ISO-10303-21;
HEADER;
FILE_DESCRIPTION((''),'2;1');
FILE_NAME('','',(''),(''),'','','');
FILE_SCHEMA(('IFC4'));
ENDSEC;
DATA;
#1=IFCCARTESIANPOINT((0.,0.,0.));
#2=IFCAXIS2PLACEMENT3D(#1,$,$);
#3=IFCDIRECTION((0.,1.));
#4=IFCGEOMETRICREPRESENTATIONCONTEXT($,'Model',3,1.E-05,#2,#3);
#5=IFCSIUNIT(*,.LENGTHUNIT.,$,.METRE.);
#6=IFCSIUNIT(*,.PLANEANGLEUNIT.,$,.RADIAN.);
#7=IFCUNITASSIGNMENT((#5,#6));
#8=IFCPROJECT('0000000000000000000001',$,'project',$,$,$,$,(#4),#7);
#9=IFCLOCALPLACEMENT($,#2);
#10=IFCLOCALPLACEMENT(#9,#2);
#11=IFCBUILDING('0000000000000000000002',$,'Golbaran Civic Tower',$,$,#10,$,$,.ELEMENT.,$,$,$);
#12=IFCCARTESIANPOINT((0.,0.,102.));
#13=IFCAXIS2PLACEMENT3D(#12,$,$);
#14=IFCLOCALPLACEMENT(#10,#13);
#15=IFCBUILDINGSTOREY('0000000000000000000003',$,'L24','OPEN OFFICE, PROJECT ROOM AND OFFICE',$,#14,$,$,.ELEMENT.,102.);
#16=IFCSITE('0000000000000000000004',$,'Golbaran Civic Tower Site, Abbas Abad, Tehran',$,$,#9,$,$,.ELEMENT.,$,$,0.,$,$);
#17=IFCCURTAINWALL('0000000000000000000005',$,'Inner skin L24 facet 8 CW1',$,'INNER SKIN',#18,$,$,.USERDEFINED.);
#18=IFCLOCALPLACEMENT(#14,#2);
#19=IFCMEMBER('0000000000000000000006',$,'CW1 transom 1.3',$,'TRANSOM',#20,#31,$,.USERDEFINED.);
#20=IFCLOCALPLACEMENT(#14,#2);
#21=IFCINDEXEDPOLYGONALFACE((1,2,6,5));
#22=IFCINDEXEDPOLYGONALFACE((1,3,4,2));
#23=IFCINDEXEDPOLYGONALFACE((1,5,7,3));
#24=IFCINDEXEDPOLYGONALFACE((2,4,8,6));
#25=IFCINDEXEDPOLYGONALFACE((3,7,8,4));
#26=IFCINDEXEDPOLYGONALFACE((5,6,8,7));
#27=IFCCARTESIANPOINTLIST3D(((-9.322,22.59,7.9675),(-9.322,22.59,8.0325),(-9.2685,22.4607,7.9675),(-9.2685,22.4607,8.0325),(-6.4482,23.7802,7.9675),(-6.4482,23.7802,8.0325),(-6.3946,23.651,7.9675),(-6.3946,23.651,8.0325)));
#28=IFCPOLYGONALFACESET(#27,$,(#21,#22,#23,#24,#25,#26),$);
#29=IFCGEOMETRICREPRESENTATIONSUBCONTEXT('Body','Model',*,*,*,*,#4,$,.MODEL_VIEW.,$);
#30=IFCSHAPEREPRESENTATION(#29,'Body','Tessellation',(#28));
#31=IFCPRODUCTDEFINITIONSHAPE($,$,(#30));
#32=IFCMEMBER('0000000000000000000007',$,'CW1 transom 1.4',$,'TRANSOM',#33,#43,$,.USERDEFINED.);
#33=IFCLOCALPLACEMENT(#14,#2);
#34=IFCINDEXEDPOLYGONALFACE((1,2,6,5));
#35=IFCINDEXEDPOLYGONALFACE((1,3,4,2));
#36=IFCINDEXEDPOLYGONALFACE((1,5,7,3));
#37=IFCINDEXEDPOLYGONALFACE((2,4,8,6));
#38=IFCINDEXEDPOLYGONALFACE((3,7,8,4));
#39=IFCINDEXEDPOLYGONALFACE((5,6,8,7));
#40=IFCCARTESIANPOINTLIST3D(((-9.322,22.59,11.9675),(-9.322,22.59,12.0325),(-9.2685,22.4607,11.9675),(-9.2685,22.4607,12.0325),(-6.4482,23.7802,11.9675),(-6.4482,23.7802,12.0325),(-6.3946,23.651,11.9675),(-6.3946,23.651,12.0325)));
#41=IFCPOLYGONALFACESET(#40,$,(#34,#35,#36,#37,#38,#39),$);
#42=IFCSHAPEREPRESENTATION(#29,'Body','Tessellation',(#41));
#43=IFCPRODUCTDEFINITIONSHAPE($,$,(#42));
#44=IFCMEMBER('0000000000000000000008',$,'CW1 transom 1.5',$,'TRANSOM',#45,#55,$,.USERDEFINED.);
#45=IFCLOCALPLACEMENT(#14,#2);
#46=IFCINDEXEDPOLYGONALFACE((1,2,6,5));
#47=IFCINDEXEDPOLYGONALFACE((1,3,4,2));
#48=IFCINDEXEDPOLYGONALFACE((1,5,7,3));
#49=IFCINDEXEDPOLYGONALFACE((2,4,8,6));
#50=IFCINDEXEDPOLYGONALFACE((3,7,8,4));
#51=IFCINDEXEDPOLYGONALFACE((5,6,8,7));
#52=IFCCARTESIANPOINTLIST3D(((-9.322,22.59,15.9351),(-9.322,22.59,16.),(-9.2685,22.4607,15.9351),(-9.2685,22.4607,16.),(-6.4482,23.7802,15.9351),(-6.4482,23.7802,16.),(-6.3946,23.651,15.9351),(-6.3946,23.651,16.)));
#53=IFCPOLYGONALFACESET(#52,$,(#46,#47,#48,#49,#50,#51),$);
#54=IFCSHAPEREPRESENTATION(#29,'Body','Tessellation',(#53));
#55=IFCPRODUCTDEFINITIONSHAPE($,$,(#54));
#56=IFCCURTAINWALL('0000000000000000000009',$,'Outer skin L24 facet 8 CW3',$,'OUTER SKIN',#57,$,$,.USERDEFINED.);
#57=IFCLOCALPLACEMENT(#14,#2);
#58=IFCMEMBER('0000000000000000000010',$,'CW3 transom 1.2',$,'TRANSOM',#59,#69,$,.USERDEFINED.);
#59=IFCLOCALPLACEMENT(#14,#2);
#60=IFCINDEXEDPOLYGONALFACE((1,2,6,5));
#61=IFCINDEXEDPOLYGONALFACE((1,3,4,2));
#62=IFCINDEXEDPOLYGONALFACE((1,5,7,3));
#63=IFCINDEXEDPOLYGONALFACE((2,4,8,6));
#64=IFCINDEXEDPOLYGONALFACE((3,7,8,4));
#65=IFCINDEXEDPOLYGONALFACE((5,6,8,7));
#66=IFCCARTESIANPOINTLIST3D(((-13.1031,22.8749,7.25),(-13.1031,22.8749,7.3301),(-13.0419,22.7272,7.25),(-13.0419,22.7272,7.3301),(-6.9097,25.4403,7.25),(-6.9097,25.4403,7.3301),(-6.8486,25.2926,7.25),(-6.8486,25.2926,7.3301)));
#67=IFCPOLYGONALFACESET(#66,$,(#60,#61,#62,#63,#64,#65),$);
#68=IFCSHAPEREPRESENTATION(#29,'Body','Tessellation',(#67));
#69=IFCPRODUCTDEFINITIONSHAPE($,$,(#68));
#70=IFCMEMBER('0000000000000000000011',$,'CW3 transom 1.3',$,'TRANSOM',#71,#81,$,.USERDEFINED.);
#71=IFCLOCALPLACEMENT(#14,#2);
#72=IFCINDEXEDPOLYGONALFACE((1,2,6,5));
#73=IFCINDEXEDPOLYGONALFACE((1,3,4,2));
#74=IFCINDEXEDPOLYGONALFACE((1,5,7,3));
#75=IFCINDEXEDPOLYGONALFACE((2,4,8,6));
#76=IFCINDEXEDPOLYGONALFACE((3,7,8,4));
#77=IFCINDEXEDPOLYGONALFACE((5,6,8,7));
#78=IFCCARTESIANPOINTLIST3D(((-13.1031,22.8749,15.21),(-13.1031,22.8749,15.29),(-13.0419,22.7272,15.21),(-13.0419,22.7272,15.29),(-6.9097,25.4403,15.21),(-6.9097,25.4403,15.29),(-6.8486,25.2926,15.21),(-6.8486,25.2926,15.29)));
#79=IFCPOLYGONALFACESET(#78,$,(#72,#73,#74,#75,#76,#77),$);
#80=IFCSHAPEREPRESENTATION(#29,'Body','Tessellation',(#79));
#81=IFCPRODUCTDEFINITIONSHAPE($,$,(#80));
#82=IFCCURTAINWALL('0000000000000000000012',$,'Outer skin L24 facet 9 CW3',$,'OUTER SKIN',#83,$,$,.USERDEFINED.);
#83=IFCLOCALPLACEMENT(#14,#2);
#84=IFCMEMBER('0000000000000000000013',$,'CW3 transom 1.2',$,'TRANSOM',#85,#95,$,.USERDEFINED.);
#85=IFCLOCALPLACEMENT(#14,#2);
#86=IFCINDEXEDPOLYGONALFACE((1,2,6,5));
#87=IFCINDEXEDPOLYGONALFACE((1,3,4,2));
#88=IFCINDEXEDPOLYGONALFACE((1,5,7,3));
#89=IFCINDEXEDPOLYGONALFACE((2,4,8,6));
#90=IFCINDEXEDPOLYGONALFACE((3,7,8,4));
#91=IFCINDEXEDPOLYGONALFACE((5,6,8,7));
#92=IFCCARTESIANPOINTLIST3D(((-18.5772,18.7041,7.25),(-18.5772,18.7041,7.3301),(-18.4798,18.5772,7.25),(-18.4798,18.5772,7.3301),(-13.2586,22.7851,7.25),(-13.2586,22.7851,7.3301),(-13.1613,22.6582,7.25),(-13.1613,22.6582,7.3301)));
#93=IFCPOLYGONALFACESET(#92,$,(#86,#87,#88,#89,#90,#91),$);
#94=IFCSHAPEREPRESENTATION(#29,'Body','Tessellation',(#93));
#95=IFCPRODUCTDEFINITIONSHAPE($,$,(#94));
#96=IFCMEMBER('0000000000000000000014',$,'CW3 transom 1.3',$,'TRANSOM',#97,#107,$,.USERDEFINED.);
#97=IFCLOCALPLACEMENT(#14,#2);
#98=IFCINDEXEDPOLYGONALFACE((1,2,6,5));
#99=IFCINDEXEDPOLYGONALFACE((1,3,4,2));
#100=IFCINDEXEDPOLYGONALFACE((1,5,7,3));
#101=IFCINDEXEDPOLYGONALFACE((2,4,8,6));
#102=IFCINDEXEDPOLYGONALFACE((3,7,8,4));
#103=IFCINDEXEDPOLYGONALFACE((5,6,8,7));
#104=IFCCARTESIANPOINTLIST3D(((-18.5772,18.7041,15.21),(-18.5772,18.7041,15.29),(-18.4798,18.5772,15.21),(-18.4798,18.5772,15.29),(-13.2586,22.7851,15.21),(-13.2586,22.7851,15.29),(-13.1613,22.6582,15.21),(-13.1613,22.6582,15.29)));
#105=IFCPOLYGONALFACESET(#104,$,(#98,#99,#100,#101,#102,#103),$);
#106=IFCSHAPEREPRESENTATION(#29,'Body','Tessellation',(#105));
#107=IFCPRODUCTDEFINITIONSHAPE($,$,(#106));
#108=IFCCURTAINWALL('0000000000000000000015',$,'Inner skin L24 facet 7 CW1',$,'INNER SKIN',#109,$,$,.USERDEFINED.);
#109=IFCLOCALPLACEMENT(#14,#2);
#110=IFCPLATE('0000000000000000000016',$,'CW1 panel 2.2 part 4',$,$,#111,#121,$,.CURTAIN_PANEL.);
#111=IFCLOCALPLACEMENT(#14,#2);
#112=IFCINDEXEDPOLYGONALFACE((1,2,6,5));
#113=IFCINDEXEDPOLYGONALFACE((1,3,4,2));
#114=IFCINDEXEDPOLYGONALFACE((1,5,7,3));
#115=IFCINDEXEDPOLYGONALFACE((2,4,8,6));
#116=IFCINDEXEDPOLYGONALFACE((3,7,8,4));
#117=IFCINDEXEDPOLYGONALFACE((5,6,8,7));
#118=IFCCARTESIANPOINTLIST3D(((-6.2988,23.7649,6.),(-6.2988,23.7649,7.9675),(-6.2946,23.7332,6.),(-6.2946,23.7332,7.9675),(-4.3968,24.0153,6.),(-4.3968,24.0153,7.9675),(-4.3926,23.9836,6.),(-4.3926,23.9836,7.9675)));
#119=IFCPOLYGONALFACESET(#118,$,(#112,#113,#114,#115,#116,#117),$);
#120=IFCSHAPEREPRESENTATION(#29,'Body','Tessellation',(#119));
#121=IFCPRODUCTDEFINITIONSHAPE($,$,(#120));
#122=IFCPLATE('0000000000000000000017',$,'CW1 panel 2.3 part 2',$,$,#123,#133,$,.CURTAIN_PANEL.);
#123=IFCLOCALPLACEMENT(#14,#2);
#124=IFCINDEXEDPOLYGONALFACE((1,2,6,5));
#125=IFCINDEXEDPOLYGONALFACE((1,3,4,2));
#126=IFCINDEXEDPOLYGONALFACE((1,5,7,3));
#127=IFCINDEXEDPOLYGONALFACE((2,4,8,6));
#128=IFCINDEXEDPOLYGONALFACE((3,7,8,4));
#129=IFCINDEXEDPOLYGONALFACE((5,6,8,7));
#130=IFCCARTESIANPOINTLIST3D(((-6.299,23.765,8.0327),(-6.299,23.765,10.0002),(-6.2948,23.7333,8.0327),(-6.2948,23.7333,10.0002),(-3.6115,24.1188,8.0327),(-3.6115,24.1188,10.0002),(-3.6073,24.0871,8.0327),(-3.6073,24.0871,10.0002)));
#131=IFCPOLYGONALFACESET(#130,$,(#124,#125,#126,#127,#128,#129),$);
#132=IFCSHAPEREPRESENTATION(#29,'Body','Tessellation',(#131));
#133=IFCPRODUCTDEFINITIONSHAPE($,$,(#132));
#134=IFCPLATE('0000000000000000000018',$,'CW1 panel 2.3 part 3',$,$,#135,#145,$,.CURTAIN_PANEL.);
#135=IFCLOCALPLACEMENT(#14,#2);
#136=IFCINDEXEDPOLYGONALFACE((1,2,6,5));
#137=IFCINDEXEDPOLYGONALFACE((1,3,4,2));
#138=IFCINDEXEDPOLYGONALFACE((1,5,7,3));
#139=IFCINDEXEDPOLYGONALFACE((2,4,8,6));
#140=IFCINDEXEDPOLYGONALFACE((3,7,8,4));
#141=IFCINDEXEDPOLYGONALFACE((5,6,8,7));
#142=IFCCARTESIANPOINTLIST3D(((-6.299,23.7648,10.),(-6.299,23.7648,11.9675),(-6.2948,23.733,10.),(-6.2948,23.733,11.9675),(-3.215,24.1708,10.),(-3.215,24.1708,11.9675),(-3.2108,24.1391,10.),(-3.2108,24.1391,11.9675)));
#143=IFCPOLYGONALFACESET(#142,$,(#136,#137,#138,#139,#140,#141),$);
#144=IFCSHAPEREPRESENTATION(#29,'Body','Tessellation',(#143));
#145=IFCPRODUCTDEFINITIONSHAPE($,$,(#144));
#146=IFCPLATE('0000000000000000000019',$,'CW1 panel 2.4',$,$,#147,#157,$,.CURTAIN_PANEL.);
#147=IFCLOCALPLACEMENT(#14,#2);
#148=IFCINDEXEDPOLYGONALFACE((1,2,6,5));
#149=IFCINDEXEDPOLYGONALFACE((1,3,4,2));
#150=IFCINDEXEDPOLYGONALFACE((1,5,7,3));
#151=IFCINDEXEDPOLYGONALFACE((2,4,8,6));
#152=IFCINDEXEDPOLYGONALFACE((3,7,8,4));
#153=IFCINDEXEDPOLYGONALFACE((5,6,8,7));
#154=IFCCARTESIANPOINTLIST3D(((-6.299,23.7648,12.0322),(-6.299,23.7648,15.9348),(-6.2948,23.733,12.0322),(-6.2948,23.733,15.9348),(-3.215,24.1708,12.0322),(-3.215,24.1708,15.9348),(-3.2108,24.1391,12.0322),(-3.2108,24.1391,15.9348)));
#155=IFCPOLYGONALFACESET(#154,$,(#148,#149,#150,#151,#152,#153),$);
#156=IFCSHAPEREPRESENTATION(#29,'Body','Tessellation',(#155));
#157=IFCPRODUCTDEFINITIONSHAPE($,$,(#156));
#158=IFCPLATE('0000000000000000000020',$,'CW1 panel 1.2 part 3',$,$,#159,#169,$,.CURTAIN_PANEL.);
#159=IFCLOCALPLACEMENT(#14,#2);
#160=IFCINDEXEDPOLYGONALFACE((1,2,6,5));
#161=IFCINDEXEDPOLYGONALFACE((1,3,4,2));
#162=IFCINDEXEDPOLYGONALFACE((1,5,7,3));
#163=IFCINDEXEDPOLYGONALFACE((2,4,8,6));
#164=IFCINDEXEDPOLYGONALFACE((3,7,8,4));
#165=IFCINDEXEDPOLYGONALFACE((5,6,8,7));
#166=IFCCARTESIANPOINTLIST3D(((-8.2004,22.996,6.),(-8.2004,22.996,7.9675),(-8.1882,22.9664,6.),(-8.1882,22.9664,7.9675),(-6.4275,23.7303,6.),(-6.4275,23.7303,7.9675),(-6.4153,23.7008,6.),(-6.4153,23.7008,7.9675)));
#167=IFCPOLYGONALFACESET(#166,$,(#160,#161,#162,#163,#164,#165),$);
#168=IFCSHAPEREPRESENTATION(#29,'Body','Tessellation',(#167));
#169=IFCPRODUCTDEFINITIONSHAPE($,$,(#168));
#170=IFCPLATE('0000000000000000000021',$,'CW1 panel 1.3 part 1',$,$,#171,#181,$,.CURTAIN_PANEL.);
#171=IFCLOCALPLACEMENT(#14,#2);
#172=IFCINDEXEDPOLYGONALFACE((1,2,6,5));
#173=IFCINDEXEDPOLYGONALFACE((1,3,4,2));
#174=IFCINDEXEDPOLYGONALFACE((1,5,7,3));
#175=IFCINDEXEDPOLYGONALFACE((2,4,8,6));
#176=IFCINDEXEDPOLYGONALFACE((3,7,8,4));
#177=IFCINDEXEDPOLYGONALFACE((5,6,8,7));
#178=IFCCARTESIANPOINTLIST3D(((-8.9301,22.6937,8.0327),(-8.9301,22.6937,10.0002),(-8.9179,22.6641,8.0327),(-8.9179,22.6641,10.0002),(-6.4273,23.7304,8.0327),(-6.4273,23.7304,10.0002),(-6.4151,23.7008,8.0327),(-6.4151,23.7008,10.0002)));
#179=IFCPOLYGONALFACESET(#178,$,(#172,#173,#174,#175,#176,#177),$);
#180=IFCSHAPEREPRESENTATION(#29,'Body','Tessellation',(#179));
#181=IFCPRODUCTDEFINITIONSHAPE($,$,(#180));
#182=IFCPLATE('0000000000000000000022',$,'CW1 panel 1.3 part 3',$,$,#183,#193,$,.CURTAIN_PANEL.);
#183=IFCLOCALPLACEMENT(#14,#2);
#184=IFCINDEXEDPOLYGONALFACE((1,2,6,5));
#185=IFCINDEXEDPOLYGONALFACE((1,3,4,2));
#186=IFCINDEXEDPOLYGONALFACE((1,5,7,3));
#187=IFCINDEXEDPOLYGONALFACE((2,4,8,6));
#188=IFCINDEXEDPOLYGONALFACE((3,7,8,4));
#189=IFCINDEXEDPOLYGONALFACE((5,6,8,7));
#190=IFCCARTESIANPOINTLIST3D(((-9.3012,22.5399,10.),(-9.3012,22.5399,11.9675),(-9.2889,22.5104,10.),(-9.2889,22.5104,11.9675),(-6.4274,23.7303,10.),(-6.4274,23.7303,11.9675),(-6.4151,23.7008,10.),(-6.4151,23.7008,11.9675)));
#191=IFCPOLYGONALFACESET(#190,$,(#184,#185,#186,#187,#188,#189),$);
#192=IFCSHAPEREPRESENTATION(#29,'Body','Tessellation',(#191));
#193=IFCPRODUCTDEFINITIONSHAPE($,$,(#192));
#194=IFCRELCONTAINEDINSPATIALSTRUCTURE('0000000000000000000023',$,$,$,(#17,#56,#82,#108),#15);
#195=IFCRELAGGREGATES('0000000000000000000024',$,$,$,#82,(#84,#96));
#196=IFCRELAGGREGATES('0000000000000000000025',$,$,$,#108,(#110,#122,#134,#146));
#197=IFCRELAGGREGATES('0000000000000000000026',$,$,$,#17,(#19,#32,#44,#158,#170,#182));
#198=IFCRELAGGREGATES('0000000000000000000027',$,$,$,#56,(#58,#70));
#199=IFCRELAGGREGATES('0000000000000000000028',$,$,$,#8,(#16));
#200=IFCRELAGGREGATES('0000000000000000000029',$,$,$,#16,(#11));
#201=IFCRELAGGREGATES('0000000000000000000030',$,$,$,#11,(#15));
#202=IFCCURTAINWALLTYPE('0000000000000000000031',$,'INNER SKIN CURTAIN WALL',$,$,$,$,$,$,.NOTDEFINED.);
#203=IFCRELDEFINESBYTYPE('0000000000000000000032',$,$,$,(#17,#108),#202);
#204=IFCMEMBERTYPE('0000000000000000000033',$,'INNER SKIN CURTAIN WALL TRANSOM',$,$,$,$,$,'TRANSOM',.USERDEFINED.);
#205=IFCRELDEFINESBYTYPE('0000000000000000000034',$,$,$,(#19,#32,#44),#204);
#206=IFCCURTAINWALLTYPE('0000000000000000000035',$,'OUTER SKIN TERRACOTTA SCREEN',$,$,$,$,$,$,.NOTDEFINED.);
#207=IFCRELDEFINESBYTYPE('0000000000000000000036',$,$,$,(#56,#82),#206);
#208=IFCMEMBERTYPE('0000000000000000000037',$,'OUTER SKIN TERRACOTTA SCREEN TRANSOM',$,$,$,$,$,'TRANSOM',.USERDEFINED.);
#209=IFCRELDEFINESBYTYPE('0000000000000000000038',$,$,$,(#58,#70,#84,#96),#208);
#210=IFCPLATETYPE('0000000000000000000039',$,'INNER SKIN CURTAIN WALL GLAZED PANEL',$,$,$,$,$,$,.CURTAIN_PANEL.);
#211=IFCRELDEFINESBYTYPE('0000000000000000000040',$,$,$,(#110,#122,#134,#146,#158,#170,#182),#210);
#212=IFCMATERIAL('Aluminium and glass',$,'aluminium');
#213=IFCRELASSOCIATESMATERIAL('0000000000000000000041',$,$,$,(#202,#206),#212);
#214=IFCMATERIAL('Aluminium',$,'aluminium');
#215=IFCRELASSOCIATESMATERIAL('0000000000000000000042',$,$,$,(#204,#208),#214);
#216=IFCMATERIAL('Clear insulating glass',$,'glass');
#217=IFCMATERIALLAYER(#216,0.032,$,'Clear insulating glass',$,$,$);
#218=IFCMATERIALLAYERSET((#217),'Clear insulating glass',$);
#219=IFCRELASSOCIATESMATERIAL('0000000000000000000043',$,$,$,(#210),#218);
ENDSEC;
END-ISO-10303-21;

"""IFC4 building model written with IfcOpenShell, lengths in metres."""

from ifc_helpers import new_model, si_unit, direction, frame, origin, origin_2d, place, context, subcontext, project, spatial, rectangle, extrude, material, layer, layer_set, material_profile, profile_set, type_object, element, aggregate, save


model = new_model("IFC4")

# Units and contexts
model_context = context("Model", 3, precision=1e-05, world=origin(), true_north=direction((0.0, 1.0)))
body_context = subcontext(model_context, "Body", "Model", "MODEL_VIEW")
ifc_project = project(units=[si_unit("LENGTHUNIT", "METRE"), si_unit("PLANEANGLEUNIT", "RADIAN")], contexts=[model_context])

# Site, building, storey
site_placement = place(None, origin())
site = spatial("IfcSite", under=ifc_project, at=site_placement, Name="Golbaran Civic Tower Site, Abbas Abad, Tehran", CompositionType="ELEMENT", RefElevation=0.0)
building_placement = place(site_placement, origin())
building = spatial("IfcBuilding", under=site, at=building_placement, Name="Golbaran Civic Tower", CompositionType="ELEMENT")
storey_placement = place(building_placement, frame((0.0, 0.0, 102.0)))
storey = spatial("IfcBuildingStorey", under=building, at=storey_placement, Name="L24", Description="OPEN OFFICE, PROJECT ROOM AND OFFICE", CompositionType="ELEMENT", Elevation=102.0)

# Curtain walls, members
ifc_material_1 = material(Name="Aluminium and glass", Category="aluminium")
curtain_wall_type_1 = type_object("IfcCurtainWallType", Name="INNER SKIN CURTAIN WALL", PredefinedType="NOTDEFINED", material=ifc_material_1)
curtain_wall_1_placement = place(storey_placement, origin())
curtain_wall_1 = element("IfcCurtainWall", 1, at=curtain_wall_1_placement, inside=storey, type_object=curtain_wall_type_1, Name="Inner skin L24 facet 8 CW1", ObjectType="INNER SKIN", PredefinedType="USERDEFINED")
ifc_material_2 = material(Name="Aluminium", Category="aluminium")
ifc_material_profile_1 = material_profile(ifc_material_2, rectangle(XDim=0.1399, YDim=0.0649, at=origin_2d()), Name="INNER SKIN CURTAIN WALL TRANSOM")
ifc_profile_set_1 = profile_set([ifc_material_profile_1], Name="Aluminium")
member_type_1 = type_object("IfcMemberType", Name="INNER SKIN CURTAIN WALL TRANSOM", ElementType="TRANSOM", PredefinedType="USERDEFINED", material=ifc_profile_set_1)
member_1_placement = place(storey_placement, frame((-6.4214, 23.7156, 8.0), z_axis=(-0.923899, -0.382636, 0.0), x_axis=(0.382636, -0.923899, 0.0)))
member_1 = element("IfcMember", 2, at=member_1_placement, type_object=member_type_1, Name="CW1 transom 1.3", ObjectType="TRANSOM", PredefinedType="USERDEFINED", context=body_context, shape_type="SweptSolid", body=[
    extrude(rectangle(XDim=0.1399, YDim=0.0649, at=origin_2d()), origin(), (0.0, 0.0, 1.0), 3.1106),
])
member_2_placement = place(storey_placement, frame((-6.4214, 23.7156, 12.0), z_axis=(-0.923899, -0.382636, 0.0), x_axis=(0.382636, -0.923899, 0.0)))
member_2 = element("IfcMember", 3, at=member_2_placement, type_object=member_type_1, Name="CW1 transom 1.4", ObjectType="TRANSOM", PredefinedType="USERDEFINED", context=body_context, shape_type="SweptSolid", body=[
    extrude(rectangle(XDim=0.1399, YDim=0.0649, at=origin_2d()), origin(), (0.0, 0.0, 1.0), 3.1106),
])
member_3_placement = place(storey_placement, frame((-6.4214, 23.7156, 15.9675), z_axis=(-0.923899, -0.382636, 0.0), x_axis=(0.382636, -0.923899, 0.0)))
member_3 = element("IfcMember", 4, at=member_3_placement, type_object=member_type_1, Name="CW1 transom 1.5", ObjectType="TRANSOM", PredefinedType="USERDEFINED", context=body_context, shape_type="SweptSolid", body=[
    extrude(rectangle(XDim=0.1399, YDim=0.0649, at=origin_2d()), origin(), (0.0, 0.0, 1.0), 3.1106),
])
curtain_wall_type_2 = type_object("IfcCurtainWallType", Name="OUTER SKIN TERRACOTTA SCREEN", PredefinedType="NOTDEFINED", material=ifc_material_1)
curtain_wall_2_placement = place(storey_placement, origin())
curtain_wall_2 = element("IfcCurtainWall", 5, at=curtain_wall_2_placement, inside=storey, type_object=curtain_wall_type_2, Name="Outer skin L24 facet 8 CW3", ObjectType="OUTER SKIN", PredefinedType="USERDEFINED")
ifc_material_profile_2 = material_profile(ifc_material_2, rectangle(XDim=0.1599, YDim=0.0801, at=origin_2d()), Name="OUTER SKIN TERRACOTTA SCREEN TRANSOM")
ifc_profile_set_2 = profile_set([ifc_material_profile_2], Name="Aluminium")
member_type_2 = type_object("IfcMemberType", Name="OUTER SKIN TERRACOTTA SCREEN TRANSOM", ElementType="TRANSOM", PredefinedType="USERDEFINED", material=ifc_profile_set_2)
member_4_placement = place(storey_placement, frame((-6.8792, 25.3665, 7.29), z_axis=(-0.923877, -0.382691, 0.0), x_axis=(0.382691, -0.923877, 0.0)))
member_4 = element("IfcMember", 6, at=member_4_placement, type_object=member_type_2, Name="CW3 transom 1.2", ObjectType="TRANSOM", PredefinedType="USERDEFINED", context=body_context, shape_type="SweptSolid", body=[
    extrude(rectangle(XDim=0.1599, YDim=0.0801, at=origin_2d()), origin(), (0.0, 0.0, 1.0), 6.7036),
])
member_5_placement = place(storey_placement, frame((-6.8792, 25.3665, 15.25), z_axis=(-0.923877, -0.382691, 0.0), x_axis=(0.382691, -0.923877, 0.0)))
member_5 = element("IfcMember", 7, at=member_5_placement, type_object=member_type_2, Name="CW3 transom 1.3", ObjectType="TRANSOM", PredefinedType="USERDEFINED", context=body_context, shape_type="SweptSolid", body=[
    extrude(rectangle(XDim=0.1599, YDim=0.0801, at=origin_2d()), origin(), (0.0, 0.0, 1.0), 6.7036),
])
curtain_wall_3_placement = place(storey_placement, origin())
curtain_wall_3 = element("IfcCurtainWall", 8, at=curtain_wall_3_placement, inside=storey, type_object=curtain_wall_type_2, Name="Outer skin L24 facet 9 CW3", ObjectType="OUTER SKIN", PredefinedType="USERDEFINED")
member_6_placement = place(storey_placement, frame((-13.21, 22.7217, 7.29), z_axis=(-0.793357, -0.608756, 0.0), x_axis=(0.608756, -0.793357, 0.0)))
member_6 = element("IfcMember", 9, at=member_6_placement, type_object=member_type_2, Name="CW3 transom 1.2", ObjectType="TRANSOM", PredefinedType="USERDEFINED", context=body_context, shape_type="SweptSolid", body=[
    extrude(rectangle(XDim=0.1599, YDim=0.0801, at=origin_2d()), origin(), (0.0, 0.0, 1.0), 6.7039),
])
member_7_placement = place(storey_placement, frame((-13.21, 22.7217, 15.25), z_axis=(-0.793357, -0.608756, 0.0), x_axis=(0.608756, -0.793357, 0.0)))
member_7 = element("IfcMember", 10, at=member_7_placement, type_object=member_type_2, Name="CW3 transom 1.3", ObjectType="TRANSOM", PredefinedType="USERDEFINED", context=body_context, shape_type="SweptSolid", body=[
    extrude(rectangle(XDim=0.1599, YDim=0.0801, at=origin_2d()), origin(), (0.0, 0.0, 1.0), 6.7039),
])
aggregate(curtain_wall_3, [member_6, member_7])

# Curtain wall, plates
curtain_wall_4_placement = place(storey_placement, origin())
curtain_wall_4 = element("IfcCurtainWall", 11, at=curtain_wall_4_placement, inside=storey, type_object=curtain_wall_type_1, Name="Inner skin L24 facet 7 CW1", ObjectType="INNER SKIN", PredefinedType="USERDEFINED")
ifc_material_3 = material(Name="Clear insulating glass", Category="glass")
ifc_layer_1 = layer(ifc_material_3, 0.032, Name="Clear insulating glass")
ifc_layer_set_1 = layer_set([ifc_layer_1], Name="Clear insulating glass")
plate_type_1 = type_object("IfcPlateType", Name="INNER SKIN CURTAIN WALL GLAZED PANEL", PredefinedType="CURTAIN_PANEL", material=ifc_layer_set_1)
plate_1_placement = place(storey_placement, frame((-5.3457, 23.8743, 6.0), z_axis=(0.0, 0.0, 1.0), x_axis=(-0.991445, -0.130526, 0.0)))
plate_1 = element("IfcPlate", 12, at=plate_1_placement, type_object=plate_type_1, Name="CW1 panel 2.2 part 4", PredefinedType="CURTAIN_PANEL", context=body_context, shape_type="SweptSolid", body=[
    extrude(rectangle(XDim=1.9185, YDim=0.032, at=origin_2d()), origin(), (0.0, 0.0, 1.0), 1.9675),
])
plate_2_placement = place(storey_placement, frame((-4.9531, 23.926, 8.0327), z_axis=(0.0, 0.0, 1.0), x_axis=(-0.991445, -0.130526, 0.0)))
plate_2 = element("IfcPlate", 13, at=plate_2_placement, type_object=plate_type_1, Name="CW1 panel 2.3 part 2", PredefinedType="CURTAIN_PANEL", context=body_context, shape_type="SweptSolid", body=[
    extrude(rectangle(XDim=2.7107, YDim=0.032, at=origin_2d()), origin(), (0.0, 0.0, 1.0), 1.9675),
])
plate_3_placement = place(storey_placement, frame((-4.7549, 23.9519, 10.0), z_axis=(0.0, 0.0, 1.0), x_axis=(-0.991445, -0.130526, 0.0)))
plate_3 = element("IfcPlate", 14, at=plate_3_placement, type_object=plate_type_1, Name="CW1 panel 2.3 part 3", PredefinedType="CURTAIN_PANEL", context=body_context, shape_type="SweptSolid", body=[
    extrude(rectangle(XDim=3.1106, YDim=0.032, at=origin_2d()), origin(), (0.0, 0.0, 1.0), 1.9675),
])
plate_4_placement = place(storey_placement, frame((-4.7549, 23.9519, 12.0322), z_axis=(0.0, 0.0, 1.0), x_axis=(-0.991445, -0.130526, 0.0)))
plate_4 = element("IfcPlate", 15, at=plate_4_placement, type_object=plate_type_1, Name="CW1 panel 2.4", PredefinedType="CURTAIN_PANEL", context=body_context, shape_type="SweptSolid", body=[
    extrude(rectangle(XDim=3.1106, YDim=0.032, at=origin_2d()), origin(), (0.0, 0.0, 1.0), 3.9026),
])
aggregate(curtain_wall_4, [plate_1, plate_2, plate_3, plate_4])

# Plates
plate_5_placement = place(storey_placement, frame((-7.3079, 23.3484, 6.0), z_axis=(0.0, 0.0, 1.0), x_axis=(-0.92388, -0.382683, 0.0)))
plate_5 = element("IfcPlate", 16, at=plate_5_placement, type_object=plate_type_1, Name="CW1 panel 1.2 part 3", PredefinedType="CURTAIN_PANEL", context=body_context, shape_type="SweptSolid", body=[
    extrude(rectangle(XDim=1.9189, YDim=0.032, at=origin_2d()), origin(), (0.0, 0.0, 1.0), 1.9675),
])
plate_6_placement = place(storey_placement, frame((-7.6726, 23.1973, 8.0327), z_axis=(0.0, 0.0, 1.0), x_axis=(-0.92388, -0.382683, 0.0)))
plate_6 = element("IfcPlate", 17, at=plate_6_placement, type_object=plate_type_1, Name="CW1 panel 1.3 part 1", PredefinedType="CURTAIN_PANEL", context=body_context, shape_type="SweptSolid", body=[
    extrude(rectangle(XDim=2.709, YDim=0.032, at=origin_2d()), origin(), (0.0, 0.0, 1.0), 1.9675),
])
plate_7_placement = place(storey_placement, frame((-7.8582, 23.1204, 10.0), z_axis=(0.0, 0.0, 1.0), x_axis=(-0.92388, -0.382683, 0.0)))
plate_7 = element("IfcPlate", 18, at=plate_7_placement, type_object=plate_type_1, Name="CW1 panel 1.3 part 3", PredefinedType="CURTAIN_PANEL", context=body_context, shape_type="SweptSolid", body=[
    extrude(rectangle(XDim=3.1106, YDim=0.032, at=origin_2d()), origin(), (0.0, 0.0, 1.0), 1.9675),
])
aggregate(curtain_wall_1, [member_1, member_2, member_3, plate_5, plate_6, plate_7])
aggregate(curtain_wall_2, [member_4, member_5])

save(model, "model.ifc")
